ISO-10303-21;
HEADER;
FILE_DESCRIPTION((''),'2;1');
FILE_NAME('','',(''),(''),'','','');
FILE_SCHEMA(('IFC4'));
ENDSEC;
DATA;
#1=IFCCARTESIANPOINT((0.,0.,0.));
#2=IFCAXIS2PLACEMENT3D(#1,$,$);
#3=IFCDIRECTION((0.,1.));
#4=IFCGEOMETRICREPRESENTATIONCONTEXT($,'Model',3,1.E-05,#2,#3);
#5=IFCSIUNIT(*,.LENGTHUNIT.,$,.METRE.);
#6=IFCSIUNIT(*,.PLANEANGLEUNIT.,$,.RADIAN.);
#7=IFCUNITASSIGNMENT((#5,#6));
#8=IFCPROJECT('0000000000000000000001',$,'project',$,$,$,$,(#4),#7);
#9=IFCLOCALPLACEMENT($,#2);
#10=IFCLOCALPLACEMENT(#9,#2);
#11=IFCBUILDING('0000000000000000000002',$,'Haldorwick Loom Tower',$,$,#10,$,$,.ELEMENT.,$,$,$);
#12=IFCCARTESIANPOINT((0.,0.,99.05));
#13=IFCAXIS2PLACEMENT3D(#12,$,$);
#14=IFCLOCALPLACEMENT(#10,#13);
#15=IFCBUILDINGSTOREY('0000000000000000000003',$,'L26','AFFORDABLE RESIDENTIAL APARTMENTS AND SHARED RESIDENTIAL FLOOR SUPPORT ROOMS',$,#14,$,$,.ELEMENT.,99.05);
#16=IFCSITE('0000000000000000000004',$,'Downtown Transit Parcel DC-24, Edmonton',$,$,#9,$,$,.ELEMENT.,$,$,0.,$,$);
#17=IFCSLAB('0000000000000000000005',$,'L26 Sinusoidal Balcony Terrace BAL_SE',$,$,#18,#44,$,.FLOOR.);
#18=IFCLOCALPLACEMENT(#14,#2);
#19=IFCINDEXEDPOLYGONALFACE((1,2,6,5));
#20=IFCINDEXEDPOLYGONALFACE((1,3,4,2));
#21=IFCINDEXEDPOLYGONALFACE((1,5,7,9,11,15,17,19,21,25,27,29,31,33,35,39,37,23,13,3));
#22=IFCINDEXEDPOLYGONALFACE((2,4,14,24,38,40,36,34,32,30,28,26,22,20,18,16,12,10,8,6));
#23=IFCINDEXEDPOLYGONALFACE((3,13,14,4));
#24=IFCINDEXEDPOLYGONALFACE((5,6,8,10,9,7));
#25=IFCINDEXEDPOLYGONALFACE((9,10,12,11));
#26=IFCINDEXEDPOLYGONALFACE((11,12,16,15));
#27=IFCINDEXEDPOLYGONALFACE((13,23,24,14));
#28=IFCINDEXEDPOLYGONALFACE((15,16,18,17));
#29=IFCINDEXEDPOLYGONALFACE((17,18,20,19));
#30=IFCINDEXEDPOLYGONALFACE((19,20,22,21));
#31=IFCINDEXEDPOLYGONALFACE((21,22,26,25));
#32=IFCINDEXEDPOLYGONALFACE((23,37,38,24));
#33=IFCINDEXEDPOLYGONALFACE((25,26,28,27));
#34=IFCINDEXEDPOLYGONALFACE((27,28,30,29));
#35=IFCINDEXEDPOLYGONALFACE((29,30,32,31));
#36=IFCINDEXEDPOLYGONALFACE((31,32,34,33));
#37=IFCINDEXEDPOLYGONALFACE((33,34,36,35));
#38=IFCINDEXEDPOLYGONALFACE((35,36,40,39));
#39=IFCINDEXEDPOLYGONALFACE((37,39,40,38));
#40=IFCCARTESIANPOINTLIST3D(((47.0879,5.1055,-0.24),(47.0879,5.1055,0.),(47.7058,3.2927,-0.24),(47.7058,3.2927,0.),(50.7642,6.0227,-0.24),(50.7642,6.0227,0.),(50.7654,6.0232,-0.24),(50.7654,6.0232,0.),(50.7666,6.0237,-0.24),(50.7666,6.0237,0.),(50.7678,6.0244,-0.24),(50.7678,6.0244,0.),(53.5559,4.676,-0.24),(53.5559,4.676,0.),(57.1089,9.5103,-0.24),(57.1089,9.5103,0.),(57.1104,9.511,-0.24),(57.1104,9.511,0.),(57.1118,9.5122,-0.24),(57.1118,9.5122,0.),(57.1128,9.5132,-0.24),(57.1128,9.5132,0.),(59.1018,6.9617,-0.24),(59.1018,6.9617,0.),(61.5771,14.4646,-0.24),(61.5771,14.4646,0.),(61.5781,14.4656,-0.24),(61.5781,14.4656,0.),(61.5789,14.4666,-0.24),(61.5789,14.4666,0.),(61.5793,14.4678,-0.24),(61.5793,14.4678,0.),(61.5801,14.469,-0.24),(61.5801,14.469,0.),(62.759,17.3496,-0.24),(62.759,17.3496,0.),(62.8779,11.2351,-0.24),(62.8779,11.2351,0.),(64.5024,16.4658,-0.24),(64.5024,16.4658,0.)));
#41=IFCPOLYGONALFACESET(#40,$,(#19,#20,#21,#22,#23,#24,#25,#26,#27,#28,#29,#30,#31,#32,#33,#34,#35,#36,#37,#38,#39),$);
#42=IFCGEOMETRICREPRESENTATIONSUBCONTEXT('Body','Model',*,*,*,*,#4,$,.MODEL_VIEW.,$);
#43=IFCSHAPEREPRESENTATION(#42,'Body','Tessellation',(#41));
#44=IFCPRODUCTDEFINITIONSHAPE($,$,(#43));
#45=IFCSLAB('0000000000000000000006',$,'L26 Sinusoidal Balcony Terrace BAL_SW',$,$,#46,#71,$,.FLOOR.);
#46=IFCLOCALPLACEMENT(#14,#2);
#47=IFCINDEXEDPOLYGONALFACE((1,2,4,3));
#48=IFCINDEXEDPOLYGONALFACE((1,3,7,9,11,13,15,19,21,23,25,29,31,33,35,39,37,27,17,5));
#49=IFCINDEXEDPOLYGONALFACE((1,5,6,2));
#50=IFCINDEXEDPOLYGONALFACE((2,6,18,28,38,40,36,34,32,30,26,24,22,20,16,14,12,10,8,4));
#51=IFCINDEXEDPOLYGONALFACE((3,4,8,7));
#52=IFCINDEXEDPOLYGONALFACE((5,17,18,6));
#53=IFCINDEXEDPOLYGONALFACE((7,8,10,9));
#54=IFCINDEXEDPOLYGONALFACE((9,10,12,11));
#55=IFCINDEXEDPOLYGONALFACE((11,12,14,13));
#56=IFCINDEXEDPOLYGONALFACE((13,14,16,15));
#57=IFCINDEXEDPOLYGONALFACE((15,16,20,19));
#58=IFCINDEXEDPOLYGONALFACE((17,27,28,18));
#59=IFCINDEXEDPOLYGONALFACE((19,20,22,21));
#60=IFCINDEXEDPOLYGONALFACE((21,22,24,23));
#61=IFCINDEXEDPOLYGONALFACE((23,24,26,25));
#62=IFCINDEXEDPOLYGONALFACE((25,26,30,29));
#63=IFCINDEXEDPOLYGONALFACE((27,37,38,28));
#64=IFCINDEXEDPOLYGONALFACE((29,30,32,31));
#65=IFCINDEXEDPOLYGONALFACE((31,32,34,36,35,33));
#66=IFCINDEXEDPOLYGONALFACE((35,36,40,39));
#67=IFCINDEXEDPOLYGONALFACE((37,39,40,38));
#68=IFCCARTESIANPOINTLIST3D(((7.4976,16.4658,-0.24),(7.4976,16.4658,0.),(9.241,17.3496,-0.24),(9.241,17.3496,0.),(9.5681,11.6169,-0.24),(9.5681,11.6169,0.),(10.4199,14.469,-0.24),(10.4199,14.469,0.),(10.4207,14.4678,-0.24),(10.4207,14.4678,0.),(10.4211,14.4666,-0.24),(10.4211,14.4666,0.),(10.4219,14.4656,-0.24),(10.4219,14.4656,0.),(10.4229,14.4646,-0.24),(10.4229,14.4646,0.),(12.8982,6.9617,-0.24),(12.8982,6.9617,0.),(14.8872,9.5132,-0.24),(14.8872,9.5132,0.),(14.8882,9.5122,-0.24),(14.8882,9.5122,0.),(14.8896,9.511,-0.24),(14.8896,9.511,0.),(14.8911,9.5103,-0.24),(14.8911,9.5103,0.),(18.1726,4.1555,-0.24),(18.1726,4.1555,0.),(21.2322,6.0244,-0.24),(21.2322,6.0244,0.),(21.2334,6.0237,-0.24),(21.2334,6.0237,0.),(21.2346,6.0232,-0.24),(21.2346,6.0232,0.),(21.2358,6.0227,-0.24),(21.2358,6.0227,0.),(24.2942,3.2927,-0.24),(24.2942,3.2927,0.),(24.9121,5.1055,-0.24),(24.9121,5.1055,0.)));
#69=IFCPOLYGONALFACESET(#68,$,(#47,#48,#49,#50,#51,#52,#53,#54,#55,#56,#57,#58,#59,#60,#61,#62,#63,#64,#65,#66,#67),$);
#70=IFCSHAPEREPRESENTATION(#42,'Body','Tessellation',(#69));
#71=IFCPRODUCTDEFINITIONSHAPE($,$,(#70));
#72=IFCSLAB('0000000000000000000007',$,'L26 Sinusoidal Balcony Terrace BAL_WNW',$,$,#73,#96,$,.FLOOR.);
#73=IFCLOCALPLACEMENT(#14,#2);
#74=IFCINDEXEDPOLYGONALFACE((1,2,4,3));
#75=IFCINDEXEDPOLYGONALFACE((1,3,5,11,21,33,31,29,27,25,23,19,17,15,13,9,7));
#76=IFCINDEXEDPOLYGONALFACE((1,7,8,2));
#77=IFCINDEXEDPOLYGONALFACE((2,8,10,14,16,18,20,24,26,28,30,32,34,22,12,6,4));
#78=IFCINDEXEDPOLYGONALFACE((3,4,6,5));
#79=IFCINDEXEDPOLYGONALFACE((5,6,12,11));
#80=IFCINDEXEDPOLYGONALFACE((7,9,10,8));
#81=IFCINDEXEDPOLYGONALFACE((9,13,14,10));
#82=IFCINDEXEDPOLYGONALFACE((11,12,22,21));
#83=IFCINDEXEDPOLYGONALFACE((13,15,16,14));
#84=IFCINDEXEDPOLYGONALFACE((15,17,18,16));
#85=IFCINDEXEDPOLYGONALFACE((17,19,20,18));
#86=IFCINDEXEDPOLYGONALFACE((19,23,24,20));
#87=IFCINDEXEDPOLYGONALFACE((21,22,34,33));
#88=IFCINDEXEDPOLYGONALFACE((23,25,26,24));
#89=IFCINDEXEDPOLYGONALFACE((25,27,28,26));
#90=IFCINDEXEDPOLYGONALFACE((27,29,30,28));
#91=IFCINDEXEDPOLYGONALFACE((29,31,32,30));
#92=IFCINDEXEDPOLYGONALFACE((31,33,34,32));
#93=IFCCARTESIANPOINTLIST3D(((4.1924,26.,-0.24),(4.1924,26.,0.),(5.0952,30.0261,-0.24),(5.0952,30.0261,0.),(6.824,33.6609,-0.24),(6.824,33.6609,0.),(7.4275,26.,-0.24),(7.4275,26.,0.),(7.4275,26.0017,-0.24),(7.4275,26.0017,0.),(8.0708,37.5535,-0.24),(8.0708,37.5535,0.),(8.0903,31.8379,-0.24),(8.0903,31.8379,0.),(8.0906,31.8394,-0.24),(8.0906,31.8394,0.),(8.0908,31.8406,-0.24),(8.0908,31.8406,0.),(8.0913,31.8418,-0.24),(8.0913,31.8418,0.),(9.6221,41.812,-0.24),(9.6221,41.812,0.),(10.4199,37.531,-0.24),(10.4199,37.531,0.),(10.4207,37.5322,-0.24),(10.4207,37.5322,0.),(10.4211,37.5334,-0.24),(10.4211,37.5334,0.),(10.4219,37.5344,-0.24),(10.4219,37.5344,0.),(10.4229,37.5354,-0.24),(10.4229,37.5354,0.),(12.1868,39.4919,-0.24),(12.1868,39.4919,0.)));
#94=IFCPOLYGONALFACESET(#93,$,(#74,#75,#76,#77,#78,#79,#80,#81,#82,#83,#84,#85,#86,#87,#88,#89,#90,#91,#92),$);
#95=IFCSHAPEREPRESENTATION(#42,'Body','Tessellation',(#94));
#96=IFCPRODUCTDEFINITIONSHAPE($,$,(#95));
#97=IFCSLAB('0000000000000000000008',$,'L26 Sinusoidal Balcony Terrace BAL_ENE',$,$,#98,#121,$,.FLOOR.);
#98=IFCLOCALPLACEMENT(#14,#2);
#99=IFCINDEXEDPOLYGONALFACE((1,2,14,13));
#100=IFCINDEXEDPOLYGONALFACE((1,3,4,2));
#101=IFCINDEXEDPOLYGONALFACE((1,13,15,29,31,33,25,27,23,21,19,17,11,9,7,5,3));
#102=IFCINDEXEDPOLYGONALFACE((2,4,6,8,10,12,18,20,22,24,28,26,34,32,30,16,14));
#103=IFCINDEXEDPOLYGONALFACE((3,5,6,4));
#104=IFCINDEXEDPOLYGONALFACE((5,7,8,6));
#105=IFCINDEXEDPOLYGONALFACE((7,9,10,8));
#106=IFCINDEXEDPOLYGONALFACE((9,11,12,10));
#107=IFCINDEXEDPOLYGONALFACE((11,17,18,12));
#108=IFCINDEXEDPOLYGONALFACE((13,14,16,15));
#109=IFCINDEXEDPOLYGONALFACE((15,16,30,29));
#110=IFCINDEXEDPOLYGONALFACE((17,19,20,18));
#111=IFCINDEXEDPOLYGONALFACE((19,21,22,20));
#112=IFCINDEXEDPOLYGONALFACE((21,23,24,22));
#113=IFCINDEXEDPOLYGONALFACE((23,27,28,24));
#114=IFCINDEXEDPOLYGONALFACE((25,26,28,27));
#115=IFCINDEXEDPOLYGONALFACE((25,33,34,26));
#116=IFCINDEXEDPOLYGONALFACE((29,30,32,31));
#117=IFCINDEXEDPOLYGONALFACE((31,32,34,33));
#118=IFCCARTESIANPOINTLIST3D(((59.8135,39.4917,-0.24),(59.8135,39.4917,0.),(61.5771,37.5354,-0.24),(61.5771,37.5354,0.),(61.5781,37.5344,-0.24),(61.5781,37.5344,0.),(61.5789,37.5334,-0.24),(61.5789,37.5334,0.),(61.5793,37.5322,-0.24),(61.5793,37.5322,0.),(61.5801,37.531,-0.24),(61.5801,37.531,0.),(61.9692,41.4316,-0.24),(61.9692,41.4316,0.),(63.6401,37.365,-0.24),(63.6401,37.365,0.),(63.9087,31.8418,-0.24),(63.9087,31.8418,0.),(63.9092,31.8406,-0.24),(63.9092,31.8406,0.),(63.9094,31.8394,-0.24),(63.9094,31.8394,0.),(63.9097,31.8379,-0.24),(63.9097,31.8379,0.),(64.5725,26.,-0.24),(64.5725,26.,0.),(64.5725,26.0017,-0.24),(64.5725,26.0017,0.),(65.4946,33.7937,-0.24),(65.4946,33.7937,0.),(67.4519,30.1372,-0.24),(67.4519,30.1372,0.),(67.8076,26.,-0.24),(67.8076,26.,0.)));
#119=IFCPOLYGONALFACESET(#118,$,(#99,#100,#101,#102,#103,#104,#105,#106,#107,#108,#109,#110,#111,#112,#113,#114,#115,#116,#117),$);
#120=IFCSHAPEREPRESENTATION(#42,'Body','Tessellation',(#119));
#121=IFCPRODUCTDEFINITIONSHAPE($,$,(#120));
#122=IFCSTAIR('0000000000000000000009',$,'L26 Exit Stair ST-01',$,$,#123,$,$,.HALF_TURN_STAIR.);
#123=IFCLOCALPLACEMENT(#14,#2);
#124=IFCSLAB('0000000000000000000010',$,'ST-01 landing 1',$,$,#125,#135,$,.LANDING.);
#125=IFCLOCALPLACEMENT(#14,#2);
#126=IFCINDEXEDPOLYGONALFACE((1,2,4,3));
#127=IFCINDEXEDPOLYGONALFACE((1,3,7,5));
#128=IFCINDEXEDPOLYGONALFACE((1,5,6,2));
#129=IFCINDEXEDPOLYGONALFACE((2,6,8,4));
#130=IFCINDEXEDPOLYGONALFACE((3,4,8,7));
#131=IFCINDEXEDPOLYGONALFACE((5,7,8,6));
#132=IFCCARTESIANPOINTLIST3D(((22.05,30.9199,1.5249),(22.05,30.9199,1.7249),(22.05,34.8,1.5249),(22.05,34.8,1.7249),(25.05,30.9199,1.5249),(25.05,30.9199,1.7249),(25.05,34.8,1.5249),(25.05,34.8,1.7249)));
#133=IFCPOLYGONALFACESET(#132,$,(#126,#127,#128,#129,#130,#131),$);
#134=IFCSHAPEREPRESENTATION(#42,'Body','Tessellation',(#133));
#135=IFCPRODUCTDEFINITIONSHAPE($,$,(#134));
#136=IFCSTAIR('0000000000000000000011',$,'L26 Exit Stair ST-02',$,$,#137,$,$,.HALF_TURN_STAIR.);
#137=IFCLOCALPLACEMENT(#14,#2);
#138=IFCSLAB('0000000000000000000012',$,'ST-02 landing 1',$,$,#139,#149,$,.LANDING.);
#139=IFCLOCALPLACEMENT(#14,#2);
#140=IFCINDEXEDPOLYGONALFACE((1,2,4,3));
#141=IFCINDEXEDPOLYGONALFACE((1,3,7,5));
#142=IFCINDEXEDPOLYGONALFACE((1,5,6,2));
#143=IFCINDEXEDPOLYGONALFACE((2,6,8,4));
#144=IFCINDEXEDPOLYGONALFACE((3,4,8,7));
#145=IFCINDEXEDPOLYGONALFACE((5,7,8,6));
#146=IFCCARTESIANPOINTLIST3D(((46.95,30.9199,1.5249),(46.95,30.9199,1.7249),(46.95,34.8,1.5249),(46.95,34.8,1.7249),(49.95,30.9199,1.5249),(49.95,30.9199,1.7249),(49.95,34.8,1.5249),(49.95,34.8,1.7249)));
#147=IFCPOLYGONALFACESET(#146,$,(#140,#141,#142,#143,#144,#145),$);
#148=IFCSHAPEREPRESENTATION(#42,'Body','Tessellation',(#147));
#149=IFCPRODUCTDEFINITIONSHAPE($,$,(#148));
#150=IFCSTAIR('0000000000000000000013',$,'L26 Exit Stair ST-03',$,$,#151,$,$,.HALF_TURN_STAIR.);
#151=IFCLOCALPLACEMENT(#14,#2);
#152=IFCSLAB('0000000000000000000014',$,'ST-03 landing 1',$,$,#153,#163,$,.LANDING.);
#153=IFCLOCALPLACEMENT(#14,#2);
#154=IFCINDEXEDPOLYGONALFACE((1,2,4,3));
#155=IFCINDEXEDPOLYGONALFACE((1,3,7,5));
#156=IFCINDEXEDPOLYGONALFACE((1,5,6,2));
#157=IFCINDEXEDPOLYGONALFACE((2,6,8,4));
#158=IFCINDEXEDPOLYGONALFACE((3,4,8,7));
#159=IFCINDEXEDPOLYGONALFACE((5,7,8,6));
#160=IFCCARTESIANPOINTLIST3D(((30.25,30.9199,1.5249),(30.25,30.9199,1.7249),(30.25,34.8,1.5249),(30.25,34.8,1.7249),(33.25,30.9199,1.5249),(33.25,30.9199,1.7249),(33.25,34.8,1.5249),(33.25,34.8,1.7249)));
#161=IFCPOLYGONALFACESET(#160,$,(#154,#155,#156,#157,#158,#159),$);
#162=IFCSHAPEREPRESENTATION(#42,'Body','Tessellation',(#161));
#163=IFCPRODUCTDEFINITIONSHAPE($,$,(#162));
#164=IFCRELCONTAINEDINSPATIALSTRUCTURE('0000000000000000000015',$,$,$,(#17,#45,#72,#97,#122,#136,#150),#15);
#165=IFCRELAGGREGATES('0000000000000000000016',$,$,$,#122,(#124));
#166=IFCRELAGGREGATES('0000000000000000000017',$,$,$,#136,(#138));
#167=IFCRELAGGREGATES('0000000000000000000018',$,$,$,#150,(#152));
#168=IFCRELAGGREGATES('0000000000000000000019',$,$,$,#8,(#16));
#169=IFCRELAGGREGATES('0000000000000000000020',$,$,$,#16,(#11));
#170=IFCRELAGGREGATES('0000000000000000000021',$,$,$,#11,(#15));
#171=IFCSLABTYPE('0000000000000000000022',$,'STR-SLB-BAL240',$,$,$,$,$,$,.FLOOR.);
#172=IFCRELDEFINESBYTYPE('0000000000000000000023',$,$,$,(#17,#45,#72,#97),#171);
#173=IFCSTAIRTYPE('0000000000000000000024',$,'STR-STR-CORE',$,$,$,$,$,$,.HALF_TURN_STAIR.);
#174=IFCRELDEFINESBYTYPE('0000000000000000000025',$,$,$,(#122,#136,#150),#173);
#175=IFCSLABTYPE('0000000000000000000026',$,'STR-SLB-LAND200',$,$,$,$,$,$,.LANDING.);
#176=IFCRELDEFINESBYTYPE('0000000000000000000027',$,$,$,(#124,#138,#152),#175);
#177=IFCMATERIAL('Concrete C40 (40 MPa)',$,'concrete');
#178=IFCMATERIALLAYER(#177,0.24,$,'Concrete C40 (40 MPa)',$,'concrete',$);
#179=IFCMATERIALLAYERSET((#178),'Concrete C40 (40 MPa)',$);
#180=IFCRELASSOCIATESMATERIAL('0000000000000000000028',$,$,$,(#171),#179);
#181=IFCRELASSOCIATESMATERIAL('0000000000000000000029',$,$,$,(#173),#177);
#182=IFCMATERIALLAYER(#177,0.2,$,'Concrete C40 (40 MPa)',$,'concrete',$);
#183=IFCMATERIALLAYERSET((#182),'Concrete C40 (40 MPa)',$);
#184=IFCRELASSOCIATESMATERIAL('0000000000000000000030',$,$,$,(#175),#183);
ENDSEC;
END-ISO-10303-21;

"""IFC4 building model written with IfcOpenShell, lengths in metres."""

from ifc_helpers import new_model, si_unit, direction, frame, origin, place, context, subcontext, project, spatial, polyline, outline, extrude, material, layer, layer_set, type_object, element, aggregate, save


model = new_model("IFC4")

# Units and contexts
model_context = context("Model", 3, precision=1e-05, world=origin(), true_north=direction((0.0, 1.0)))
body_context = subcontext(model_context, "Body", "Model", "MODEL_VIEW")
ifc_project = project(units=[si_unit("LENGTHUNIT", "METRE"), si_unit("PLANEANGLEUNIT", "RADIAN")], contexts=[model_context])

# Site, building, storey
site_placement = place(None, origin())
site = spatial("IfcSite", under=ifc_project, at=site_placement, Name="Downtown Transit Parcel DC-24, Edmonton", CompositionType="ELEMENT", RefElevation=0.0)
building_placement = place(site_placement, origin())
building = spatial("IfcBuilding", under=site, at=building_placement, Name="Haldorwick Loom Tower", CompositionType="ELEMENT")
storey_placement = place(building_placement, frame((0.0, 0.0, 99.05)))
storey = spatial("IfcBuildingStorey", under=building, at=storey_placement, Name="L26", Description="AFFORDABLE RESIDENTIAL APARTMENTS AND SHARED RESIDENTIAL FLOOR SUPPORT ROOMS", CompositionType="ELEMENT", Elevation=99.05)

# Slabs
ifc_material_1 = material(Name="Concrete C40 (40 MPa)", Category="concrete")
ifc_layer_1 = layer(ifc_material_1, 0.24, Name="Concrete C40 (40 MPa)", Category="concrete")
ifc_layer_set_1 = layer_set([ifc_layer_1], Name="Concrete C40 (40 MPa)")
slab_type_1 = type_object("IfcSlabType", Name="STR-SLB-BAL240", PredefinedType="FLOOR", material=ifc_layer_set_1)
slab_1_placement = place(storey_placement, frame((0.0, 0.0, -0.24)))
element("IfcSlab", 1, at=slab_1_placement, inside=storey, type_object=slab_type_1, Name="L26 Sinusoidal Balcony Terrace BAL_SE", PredefinedType="FLOOR", context=body_context, shape_type="SweptSolid", body=[
    extrude(outline(polyline([(62.759, 17.3496), (61.5801, 14.469), (61.5793, 14.4678), (61.5789, 14.4666), (61.5781, 14.4656), (61.5771, 14.4646), (57.1128, 9.5132), (57.1118, 9.5122), (57.1104, 9.511), (57.1089, 9.5103), (50.7678, 6.0244), (50.7666, 6.0237), (50.7654, 6.0232), (50.7642, 6.0227), (47.0879, 5.1055), (47.7058, 3.2927), (53.5559, 4.676), (59.1018, 6.9617), (62.8779, 11.2351), (64.5024, 16.4658), (62.759, 17.3496)])), origin(), (0.0, 0.0, 1.0), 0.24),
])
slab_2_placement = place(storey_placement, frame((0.0, 0.0, -0.24)))
element("IfcSlab", 2, at=slab_2_placement, inside=storey, type_object=slab_type_1, Name="L26 Sinusoidal Balcony Terrace BAL_SW", PredefinedType="FLOOR", context=body_context, shape_type="SweptSolid", body=[
    extrude(outline(polyline([(24.9121, 5.1055), (21.2358, 6.0227), (21.2346, 6.0232), (21.2334, 6.0237), (21.2322, 6.0244), (14.8911, 9.5103), (14.8896, 9.511), (14.8882, 9.5122), (14.8872, 9.5132), (10.4229, 14.4646), (10.4219, 14.4656), (10.4211, 14.4666), (10.4207, 14.4678), (10.4199, 14.469), (9.241, 17.3496), (7.4976, 16.4658), (9.5681, 11.6169), (12.8982, 6.9617), (18.1726, 4.1555), (24.2942, 3.2927), (24.9121, 5.1055)])), origin(), (0.0, 0.0, 1.0), 0.24),
])
slab_3_placement = place(storey_placement, frame((0.0, 0.0, -0.24)))
element("IfcSlab", 3, at=slab_3_placement, inside=storey, type_object=slab_type_1, Name="L26 Sinusoidal Balcony Terrace BAL_WNW", PredefinedType="FLOOR", context=body_context, shape_type="SweptSolid", body=[
    extrude(outline(polyline([(7.4275, 26.0), (7.4275, 26.0017), (8.0903, 31.8379), (8.0906, 31.8394), (8.0908, 31.8406), (8.0913, 31.8418), (10.4199, 37.531), (10.4207, 37.5322), (10.4211, 37.5334), (10.4219, 37.5344), (10.4229, 37.5354), (12.1868, 39.4919), (9.6221, 41.812), (8.0708, 37.5535), (6.824, 33.6609), (5.0952, 30.0261), (4.1924, 26.0), (7.4275, 26.0)])), origin(), (0.0, 0.0, 1.0), 0.24),
])
slab_4_placement = place(storey_placement, frame((0.0, 0.0, -0.24)))
element("IfcSlab", 4, at=slab_4_placement, inside=storey, type_object=slab_type_1, Name="L26 Sinusoidal Balcony Terrace BAL_ENE", PredefinedType="FLOOR", context=body_context, shape_type="SweptSolid", body=[
    extrude(outline(polyline([(59.8135, 39.4917), (61.5771, 37.5354), (61.5781, 37.5344), (61.5789, 37.5334), (61.5793, 37.5322), (61.5801, 37.531), (63.9087, 31.8418), (63.9092, 31.8406), (63.9094, 31.8394), (63.9097, 31.8379), (64.5725, 26.0017), (64.5725, 26.0), (67.8076, 26.0), (67.4519, 30.1372), (65.4946, 33.7937), (63.6401, 37.365), (61.9692, 41.4316), (59.8135, 39.4917)])), origin(), (0.0, 0.0, 1.0), 0.24),
])

# Stairs, slabs
stair_type = type_object("IfcStairType", Name="STR-STR-CORE", PredefinedType="HALF_TURN_STAIR", material=ifc_material_1)
stair_1_placement = place(storey_placement, origin())
stair_1 = element("IfcStair", 5, at=stair_1_placement, inside=storey, type_object=stair_type, Name="L26 Exit Stair ST-01", PredefinedType="HALF_TURN_STAIR")
ifc_layer_2 = layer(ifc_material_1, 0.2, Name="Concrete C40 (40 MPa)", Category="concrete")
ifc_layer_set_2 = layer_set([ifc_layer_2], Name="Concrete C40 (40 MPa)")
slab_type_2 = type_object("IfcSlabType", Name="STR-SLB-LAND200", PredefinedType="LANDING", material=ifc_layer_set_2)
slab_5_placement = place(storey_placement, frame((0.0, 0.0, 1.5249)))
slab_5 = element("IfcSlab", 6, at=slab_5_placement, type_object=slab_type_2, Name="ST-01 landing 1", PredefinedType="LANDING", context=body_context, shape_type="SweptSolid", body=[
    extrude(outline(polyline([(25.05, 30.9199), (25.05, 34.8), (22.05, 34.8), (22.05, 30.9199), (25.05, 30.9199)])), origin(), (0.0, 0.0, 1.0), 0.2),
])
aggregate(stair_1, [slab_5])
stair_2_placement = place(storey_placement, origin())
stair_2 = element("IfcStair", 7, at=stair_2_placement, inside=storey, type_object=stair_type, Name="L26 Exit Stair ST-02", PredefinedType="HALF_TURN_STAIR")
slab_6_placement = place(storey_placement, frame((0.0, 0.0, 1.5249)))
slab_6 = element("IfcSlab", 8, at=slab_6_placement, type_object=slab_type_2, Name="ST-02 landing 1", PredefinedType="LANDING", context=body_context, shape_type="SweptSolid", body=[
    extrude(outline(polyline([(49.95, 30.9199), (49.95, 34.8), (46.95, 34.8), (46.95, 30.9199), (49.95, 30.9199)])), origin(), (0.0, 0.0, 1.0), 0.2),
])
aggregate(stair_2, [slab_6])
stair_3_placement = place(storey_placement, origin())
stair_3 = element("IfcStair", 9, at=stair_3_placement, inside=storey, type_object=stair_type, Name="L26 Exit Stair ST-03", PredefinedType="HALF_TURN_STAIR")
slab_7_placement = place(storey_placement, frame((0.0, 0.0, 1.5249)))
slab_7 = element("IfcSlab", 10, at=slab_7_placement, type_object=slab_type_2, Name="ST-03 landing 1", PredefinedType="LANDING", context=body_context, shape_type="SweptSolid", body=[
    extrude(outline(polyline([(33.25, 30.9199), (33.25, 34.8), (30.25, 34.8), (30.25, 30.9199), (33.25, 30.9199)])), origin(), (0.0, 0.0, 1.0), 0.2),
])
aggregate(stair_3, [slab_7])

save(model, "model.ifc")
